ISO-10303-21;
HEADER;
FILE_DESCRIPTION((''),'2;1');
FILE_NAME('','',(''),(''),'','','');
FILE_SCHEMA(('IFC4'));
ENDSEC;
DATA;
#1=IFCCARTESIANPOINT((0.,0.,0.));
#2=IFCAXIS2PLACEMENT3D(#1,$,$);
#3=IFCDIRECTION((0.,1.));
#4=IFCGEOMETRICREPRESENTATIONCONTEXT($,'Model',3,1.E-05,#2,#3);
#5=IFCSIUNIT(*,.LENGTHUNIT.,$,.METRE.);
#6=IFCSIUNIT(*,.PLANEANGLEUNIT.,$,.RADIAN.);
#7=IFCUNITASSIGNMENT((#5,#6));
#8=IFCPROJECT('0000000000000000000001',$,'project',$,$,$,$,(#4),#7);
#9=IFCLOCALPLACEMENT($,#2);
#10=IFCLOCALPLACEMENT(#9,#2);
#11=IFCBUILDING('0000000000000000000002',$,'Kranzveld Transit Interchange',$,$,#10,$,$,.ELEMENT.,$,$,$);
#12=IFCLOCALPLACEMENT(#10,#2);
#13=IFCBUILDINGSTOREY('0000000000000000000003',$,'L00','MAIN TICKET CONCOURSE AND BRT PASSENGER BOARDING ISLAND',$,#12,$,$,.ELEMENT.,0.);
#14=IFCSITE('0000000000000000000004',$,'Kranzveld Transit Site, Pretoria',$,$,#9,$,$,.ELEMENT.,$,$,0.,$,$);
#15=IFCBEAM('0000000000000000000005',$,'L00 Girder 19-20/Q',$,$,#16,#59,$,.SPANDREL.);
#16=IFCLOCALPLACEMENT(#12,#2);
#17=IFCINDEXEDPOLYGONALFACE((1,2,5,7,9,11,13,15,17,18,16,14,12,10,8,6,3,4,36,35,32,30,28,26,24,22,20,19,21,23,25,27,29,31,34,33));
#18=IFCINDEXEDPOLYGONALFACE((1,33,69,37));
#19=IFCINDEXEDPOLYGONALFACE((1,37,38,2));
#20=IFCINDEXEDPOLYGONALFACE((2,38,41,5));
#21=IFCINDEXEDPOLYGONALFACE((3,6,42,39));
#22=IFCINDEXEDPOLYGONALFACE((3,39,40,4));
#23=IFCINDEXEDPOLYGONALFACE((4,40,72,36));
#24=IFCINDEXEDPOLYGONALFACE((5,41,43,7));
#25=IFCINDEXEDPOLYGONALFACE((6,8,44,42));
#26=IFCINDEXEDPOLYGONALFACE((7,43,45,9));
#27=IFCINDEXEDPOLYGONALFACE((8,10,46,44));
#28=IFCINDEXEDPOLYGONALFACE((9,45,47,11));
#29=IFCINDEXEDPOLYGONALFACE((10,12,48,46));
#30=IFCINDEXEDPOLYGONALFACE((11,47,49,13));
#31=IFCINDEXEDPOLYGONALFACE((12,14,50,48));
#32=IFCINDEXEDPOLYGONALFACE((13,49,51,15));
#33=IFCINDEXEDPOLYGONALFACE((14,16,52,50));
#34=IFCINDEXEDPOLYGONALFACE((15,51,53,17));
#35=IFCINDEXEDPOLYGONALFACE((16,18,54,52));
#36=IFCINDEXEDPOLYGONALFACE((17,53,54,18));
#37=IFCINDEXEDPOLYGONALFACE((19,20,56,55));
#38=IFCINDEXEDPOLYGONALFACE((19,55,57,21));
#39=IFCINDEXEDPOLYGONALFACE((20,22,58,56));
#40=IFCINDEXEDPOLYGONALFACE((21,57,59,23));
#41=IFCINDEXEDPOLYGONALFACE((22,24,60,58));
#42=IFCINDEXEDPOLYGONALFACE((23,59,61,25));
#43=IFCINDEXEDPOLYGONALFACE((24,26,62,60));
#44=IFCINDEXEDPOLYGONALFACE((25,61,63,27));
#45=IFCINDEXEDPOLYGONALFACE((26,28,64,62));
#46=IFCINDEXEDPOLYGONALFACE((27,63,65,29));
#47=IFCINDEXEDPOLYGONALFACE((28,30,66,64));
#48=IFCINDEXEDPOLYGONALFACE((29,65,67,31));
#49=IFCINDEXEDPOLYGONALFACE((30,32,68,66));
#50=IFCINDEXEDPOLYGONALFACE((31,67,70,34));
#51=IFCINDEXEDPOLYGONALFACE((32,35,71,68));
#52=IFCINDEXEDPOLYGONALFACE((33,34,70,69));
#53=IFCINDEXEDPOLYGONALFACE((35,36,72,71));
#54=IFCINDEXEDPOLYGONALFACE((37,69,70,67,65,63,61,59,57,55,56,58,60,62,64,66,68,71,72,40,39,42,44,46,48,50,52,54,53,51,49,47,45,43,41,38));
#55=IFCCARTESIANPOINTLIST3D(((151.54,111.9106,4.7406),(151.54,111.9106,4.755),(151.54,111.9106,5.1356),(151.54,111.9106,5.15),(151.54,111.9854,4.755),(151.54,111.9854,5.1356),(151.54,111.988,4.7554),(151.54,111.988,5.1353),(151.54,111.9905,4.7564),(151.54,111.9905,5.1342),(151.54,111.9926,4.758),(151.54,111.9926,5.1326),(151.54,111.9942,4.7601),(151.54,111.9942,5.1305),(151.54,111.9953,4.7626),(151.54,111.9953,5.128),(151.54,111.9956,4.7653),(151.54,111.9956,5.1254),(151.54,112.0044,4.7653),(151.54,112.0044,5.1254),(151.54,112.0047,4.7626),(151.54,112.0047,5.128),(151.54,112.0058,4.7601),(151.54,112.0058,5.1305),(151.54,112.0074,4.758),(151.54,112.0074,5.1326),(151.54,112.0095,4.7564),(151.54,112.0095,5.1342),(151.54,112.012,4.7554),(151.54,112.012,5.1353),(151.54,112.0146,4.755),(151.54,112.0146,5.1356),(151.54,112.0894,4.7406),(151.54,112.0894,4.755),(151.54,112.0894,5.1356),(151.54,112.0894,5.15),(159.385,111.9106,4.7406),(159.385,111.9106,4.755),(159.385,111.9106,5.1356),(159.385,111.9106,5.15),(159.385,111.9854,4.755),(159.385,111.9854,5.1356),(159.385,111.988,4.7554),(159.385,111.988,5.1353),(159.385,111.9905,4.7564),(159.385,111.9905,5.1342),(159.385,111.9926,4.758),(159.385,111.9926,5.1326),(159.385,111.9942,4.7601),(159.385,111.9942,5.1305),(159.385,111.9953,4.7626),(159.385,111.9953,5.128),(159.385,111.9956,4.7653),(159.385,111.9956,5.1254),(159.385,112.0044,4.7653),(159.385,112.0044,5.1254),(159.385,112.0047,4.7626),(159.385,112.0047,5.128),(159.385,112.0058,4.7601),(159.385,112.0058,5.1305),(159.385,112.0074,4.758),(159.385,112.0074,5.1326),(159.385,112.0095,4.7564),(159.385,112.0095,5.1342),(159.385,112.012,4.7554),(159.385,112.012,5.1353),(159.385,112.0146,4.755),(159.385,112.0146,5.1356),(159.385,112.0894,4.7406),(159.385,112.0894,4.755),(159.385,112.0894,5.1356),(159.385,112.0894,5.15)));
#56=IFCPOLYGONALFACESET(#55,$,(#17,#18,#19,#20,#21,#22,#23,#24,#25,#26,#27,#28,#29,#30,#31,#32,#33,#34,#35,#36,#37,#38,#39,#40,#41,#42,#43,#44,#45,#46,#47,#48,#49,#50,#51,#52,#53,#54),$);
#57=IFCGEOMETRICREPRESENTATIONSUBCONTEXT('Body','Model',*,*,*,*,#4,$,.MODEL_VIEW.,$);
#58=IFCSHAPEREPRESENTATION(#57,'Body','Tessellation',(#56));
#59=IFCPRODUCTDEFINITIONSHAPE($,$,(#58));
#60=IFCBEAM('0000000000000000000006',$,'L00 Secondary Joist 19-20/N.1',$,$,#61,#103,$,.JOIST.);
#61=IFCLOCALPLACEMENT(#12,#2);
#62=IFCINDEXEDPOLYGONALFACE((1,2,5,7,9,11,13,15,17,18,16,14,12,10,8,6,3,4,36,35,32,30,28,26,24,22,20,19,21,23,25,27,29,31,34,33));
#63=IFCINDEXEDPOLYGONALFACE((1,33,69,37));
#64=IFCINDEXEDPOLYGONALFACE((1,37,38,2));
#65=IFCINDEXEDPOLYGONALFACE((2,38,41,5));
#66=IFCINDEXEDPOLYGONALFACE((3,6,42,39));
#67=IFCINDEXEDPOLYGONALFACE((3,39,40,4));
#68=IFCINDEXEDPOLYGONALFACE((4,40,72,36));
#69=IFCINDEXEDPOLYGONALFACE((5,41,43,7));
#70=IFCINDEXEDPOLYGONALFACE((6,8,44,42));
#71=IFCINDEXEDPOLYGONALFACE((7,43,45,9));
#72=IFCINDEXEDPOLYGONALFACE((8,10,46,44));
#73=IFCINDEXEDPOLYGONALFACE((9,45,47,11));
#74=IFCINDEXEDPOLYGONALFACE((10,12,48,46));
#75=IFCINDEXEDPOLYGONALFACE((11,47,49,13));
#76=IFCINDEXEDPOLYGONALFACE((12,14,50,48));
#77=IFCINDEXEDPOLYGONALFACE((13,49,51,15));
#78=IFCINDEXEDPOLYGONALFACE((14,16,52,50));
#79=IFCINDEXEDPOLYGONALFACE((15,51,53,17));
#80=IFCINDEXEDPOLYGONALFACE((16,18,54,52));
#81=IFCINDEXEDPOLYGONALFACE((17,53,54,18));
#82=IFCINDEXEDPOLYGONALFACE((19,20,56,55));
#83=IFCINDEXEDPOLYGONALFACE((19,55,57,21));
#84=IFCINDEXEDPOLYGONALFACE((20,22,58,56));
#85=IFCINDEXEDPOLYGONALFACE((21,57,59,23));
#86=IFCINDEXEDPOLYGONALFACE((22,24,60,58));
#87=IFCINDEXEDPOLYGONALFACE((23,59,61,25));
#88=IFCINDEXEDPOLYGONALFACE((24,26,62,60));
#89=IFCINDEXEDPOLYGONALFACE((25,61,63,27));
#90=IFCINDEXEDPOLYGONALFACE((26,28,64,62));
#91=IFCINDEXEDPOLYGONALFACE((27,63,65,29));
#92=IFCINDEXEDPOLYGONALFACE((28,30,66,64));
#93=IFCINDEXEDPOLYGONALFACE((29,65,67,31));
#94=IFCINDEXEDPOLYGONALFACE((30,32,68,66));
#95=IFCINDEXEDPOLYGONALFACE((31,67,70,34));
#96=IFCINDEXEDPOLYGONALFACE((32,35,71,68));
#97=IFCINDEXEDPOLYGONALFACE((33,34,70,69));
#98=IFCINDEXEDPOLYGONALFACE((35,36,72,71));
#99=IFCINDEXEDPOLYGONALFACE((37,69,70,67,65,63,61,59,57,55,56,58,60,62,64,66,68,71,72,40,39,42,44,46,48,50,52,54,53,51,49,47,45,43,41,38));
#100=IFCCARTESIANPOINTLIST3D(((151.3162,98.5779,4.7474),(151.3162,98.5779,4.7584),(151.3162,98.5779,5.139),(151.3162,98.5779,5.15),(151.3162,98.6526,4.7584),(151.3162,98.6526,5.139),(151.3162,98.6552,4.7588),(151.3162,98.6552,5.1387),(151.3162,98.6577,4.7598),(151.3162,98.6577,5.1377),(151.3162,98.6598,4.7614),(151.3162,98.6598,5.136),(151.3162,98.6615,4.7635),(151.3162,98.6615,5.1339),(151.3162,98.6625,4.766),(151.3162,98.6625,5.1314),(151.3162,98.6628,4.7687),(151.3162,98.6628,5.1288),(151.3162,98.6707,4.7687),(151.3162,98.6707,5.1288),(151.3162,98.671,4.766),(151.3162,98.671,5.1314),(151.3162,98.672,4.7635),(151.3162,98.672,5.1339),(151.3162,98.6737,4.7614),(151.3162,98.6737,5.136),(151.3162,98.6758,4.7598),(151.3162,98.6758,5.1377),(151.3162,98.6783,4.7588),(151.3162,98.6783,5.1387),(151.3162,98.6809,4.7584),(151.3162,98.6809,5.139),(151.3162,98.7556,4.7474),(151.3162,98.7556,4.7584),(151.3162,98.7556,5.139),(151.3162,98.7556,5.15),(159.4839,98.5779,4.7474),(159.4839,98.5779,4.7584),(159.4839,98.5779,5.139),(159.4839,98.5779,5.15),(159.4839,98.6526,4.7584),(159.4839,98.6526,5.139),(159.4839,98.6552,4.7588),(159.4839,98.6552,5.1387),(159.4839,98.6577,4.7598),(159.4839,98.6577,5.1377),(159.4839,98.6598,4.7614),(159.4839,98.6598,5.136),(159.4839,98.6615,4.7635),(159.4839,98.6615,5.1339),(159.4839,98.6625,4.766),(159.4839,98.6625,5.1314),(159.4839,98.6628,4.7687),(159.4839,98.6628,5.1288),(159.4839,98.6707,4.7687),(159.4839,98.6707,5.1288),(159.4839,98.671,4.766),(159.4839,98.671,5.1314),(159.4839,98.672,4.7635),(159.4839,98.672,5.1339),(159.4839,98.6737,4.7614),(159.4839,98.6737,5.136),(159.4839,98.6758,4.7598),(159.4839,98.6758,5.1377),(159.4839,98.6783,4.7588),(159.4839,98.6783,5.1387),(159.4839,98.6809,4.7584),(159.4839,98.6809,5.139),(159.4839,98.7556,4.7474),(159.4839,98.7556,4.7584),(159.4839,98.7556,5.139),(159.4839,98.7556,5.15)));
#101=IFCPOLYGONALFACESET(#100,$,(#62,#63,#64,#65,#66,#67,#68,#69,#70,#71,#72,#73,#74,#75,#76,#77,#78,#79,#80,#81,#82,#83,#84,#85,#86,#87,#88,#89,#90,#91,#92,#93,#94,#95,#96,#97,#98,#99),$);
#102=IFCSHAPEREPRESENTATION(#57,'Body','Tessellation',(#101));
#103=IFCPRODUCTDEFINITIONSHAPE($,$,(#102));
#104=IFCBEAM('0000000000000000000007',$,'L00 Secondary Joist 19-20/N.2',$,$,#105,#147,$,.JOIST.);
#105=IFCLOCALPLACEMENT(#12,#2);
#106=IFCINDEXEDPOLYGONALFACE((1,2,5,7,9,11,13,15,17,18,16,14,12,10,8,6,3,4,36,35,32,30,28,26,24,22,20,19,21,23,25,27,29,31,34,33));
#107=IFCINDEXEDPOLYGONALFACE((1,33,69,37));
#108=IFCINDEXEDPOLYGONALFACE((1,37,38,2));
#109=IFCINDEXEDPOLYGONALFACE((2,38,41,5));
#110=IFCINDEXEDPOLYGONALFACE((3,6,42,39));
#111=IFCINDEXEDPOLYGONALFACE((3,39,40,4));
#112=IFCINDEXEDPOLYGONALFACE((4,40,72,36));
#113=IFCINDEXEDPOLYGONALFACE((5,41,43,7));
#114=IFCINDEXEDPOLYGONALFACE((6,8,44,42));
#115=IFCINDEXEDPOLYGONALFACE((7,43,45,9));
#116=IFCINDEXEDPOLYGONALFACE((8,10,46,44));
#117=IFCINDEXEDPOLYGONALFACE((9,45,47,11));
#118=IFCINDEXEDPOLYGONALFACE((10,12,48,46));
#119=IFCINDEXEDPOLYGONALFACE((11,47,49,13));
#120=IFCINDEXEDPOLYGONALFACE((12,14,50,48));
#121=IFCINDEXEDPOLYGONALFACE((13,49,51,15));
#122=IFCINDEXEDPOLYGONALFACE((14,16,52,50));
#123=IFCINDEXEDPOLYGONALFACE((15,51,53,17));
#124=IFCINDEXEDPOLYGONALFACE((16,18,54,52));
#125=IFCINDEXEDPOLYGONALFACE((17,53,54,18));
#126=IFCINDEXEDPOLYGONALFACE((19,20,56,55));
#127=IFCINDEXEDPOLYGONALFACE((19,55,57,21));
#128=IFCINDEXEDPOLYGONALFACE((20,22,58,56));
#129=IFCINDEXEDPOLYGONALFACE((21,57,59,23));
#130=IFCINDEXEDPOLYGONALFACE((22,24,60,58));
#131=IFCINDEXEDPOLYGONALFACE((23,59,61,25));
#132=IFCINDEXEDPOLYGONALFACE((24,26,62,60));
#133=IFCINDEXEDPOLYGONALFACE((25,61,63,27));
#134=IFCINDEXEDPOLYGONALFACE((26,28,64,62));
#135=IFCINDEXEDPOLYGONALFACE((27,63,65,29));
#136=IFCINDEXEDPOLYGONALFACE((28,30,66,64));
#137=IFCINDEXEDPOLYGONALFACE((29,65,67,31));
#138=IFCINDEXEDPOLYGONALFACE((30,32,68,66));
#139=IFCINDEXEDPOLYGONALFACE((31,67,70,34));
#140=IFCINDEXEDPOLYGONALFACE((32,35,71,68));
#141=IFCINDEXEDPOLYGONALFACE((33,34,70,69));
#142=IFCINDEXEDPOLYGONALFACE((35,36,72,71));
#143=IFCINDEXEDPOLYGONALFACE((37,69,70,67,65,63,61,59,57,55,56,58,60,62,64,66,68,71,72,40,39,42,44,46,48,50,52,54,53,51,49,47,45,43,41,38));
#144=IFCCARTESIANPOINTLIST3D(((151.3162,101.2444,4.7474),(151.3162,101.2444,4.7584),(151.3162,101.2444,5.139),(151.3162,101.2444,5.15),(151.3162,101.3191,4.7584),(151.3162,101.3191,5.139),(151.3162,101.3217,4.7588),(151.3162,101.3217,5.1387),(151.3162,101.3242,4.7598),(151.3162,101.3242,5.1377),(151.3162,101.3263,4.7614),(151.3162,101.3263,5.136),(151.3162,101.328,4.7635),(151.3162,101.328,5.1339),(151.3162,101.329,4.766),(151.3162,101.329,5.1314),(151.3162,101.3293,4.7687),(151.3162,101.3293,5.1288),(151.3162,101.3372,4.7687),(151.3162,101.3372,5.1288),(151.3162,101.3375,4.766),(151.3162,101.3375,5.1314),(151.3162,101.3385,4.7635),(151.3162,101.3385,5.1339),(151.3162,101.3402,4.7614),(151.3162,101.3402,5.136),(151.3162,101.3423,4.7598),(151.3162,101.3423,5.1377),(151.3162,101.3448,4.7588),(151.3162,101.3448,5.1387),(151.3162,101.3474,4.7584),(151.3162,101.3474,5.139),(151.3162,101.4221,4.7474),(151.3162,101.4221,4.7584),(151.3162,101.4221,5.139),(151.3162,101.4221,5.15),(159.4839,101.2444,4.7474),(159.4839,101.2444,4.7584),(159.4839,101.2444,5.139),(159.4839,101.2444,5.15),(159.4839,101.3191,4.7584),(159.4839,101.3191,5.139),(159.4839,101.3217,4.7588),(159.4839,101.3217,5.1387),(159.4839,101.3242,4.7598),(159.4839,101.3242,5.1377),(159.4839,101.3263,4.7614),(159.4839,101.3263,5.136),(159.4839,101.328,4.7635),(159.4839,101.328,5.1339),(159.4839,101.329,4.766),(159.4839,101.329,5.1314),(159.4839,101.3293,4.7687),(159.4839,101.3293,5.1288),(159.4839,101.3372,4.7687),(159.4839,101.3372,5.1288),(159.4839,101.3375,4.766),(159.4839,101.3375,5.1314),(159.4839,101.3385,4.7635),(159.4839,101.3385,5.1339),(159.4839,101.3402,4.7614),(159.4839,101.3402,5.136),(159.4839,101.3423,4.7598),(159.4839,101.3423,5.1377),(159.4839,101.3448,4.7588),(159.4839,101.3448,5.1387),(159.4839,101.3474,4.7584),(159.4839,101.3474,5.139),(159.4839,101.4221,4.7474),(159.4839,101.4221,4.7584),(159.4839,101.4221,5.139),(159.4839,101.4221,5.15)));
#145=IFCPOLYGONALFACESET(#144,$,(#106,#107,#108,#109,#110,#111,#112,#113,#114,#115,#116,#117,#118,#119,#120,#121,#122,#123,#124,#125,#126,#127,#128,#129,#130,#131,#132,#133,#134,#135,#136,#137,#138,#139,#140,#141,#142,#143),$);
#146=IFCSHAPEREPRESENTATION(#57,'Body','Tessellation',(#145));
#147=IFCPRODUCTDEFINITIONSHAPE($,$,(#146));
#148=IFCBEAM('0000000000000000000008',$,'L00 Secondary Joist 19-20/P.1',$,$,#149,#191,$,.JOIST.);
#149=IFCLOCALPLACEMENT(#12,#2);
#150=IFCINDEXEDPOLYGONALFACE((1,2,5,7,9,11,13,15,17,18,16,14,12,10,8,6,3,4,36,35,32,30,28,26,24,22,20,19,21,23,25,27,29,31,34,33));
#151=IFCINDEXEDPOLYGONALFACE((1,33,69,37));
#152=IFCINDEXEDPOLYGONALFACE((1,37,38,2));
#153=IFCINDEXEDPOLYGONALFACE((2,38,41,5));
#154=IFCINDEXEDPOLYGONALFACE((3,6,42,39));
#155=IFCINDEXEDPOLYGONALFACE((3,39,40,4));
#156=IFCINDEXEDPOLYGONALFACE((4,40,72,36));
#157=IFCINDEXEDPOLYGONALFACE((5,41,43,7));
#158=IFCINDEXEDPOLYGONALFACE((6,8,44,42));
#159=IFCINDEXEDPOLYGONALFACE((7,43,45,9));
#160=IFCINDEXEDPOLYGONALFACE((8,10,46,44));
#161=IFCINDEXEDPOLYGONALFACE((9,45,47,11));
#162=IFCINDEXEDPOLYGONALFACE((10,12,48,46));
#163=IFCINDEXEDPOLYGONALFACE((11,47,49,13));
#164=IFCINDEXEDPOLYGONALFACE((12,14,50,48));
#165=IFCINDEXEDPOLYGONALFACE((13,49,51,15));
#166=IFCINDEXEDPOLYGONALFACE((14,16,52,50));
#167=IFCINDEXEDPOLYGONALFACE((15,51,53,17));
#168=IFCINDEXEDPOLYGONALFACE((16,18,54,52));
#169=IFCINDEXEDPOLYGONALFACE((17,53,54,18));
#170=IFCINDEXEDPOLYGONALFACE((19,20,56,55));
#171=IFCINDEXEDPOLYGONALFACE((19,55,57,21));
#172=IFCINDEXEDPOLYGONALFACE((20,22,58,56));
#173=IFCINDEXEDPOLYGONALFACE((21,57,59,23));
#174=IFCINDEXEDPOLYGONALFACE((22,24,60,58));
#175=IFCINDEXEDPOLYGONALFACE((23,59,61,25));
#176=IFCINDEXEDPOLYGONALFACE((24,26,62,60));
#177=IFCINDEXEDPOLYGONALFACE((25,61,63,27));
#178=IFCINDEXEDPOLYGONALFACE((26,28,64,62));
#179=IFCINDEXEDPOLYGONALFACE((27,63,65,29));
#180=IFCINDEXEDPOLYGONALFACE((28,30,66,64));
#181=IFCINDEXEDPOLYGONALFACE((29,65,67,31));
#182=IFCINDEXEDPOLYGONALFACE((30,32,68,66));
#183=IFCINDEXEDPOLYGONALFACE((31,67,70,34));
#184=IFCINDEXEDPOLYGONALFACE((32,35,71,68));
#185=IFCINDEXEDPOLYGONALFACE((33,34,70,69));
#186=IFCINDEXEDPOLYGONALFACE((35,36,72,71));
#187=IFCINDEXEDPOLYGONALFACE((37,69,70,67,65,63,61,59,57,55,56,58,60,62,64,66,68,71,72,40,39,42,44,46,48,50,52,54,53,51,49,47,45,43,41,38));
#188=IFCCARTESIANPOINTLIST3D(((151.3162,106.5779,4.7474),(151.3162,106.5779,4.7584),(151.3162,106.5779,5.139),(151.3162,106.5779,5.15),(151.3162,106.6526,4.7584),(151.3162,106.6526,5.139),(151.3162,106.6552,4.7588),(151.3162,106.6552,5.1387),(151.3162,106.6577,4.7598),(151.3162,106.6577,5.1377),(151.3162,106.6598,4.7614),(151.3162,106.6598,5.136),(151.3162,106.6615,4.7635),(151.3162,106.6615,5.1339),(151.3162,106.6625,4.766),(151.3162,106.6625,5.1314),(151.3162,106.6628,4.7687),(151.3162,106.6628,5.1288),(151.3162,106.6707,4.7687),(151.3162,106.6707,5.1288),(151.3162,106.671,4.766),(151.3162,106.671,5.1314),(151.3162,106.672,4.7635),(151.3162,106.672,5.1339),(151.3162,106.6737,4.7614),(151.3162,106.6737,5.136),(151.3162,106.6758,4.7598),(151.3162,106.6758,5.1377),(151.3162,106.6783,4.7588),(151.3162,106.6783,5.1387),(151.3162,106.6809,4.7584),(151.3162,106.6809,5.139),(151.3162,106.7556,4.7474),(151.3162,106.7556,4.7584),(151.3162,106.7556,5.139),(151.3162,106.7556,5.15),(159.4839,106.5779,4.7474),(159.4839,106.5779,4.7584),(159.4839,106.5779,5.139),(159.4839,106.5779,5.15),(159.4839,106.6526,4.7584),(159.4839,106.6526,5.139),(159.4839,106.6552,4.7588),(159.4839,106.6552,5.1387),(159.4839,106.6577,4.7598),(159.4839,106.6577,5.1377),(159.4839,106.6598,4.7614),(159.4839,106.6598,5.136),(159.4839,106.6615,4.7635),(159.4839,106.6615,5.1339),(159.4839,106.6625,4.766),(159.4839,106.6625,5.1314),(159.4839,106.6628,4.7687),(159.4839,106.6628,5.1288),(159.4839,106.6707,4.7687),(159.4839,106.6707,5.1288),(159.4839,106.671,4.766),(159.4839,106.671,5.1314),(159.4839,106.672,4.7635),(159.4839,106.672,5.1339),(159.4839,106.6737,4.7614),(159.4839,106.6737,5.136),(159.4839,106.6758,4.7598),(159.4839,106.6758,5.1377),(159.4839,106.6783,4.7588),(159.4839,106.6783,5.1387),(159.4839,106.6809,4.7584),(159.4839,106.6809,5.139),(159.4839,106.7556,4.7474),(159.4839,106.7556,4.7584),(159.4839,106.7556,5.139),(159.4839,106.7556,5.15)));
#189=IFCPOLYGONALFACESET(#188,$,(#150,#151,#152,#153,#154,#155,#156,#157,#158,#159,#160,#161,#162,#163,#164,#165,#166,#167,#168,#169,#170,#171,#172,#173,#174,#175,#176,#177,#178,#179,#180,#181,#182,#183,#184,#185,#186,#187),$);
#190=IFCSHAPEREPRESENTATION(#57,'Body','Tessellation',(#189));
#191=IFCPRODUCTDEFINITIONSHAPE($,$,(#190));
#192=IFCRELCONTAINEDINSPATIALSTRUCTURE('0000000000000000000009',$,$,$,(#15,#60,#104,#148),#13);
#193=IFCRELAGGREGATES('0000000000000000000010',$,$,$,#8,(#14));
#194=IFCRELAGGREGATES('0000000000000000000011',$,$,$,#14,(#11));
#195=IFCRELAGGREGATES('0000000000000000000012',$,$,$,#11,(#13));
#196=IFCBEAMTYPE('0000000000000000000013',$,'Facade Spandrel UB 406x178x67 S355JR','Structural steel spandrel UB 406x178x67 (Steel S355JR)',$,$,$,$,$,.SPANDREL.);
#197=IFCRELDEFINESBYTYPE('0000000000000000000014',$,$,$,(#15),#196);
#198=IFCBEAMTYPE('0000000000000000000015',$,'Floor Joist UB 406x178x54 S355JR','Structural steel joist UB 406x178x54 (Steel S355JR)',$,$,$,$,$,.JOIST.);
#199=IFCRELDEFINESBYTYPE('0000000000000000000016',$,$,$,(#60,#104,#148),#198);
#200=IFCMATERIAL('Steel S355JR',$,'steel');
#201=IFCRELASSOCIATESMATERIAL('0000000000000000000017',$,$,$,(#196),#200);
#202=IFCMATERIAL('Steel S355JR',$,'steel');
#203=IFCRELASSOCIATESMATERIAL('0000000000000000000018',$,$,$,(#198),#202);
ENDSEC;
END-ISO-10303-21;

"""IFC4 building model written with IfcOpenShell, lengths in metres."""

from ifc_helpers import new_model, si_unit, direction, frame, origin, origin_2d, place, context, subcontext, project, spatial, i_section, extrude, material, material_profile, profile_set, type_object, element, save


model = new_model("IFC4")

# Units and contexts
model_context = context("Model", 3, precision=1e-05, world=origin(), true_north=direction((0.0, 1.0)))
body_context = subcontext(model_context, "Body", "Model", "MODEL_VIEW")
ifc_project = project(units=[si_unit("LENGTHUNIT", "METRE"), si_unit("PLANEANGLEUNIT", "RADIAN")], contexts=[model_context])

# Site, building, storey
site_placement = place(None, origin())
site = spatial("IfcSite", under=ifc_project, at=site_placement, Name="Kranzveld Transit Site, Pretoria", CompositionType="ELEMENT", RefElevation=0.0)
building_placement = place(site_placement, origin())
building = spatial("IfcBuilding", under=site, at=building_placement, Name="Kranzveld Transit Interchange", CompositionType="ELEMENT")
storey_placement = place(building_placement, origin())
storey = spatial("IfcBuildingStorey", under=building, at=storey_placement, Name="L00", Description="MAIN TICKET CONCOURSE AND BRT PASSENGER BOARDING ISLAND", CompositionType="ELEMENT", Elevation=0.0)

# Beams
ifc_material_1 = material(Name="Steel S355JR", Category="steel")
ifc_material_profile_1 = material_profile(ifc_material_1, i_section(OverallWidth=0.1787, OverallDepth=0.4094, WebThickness=0.0088, FlangeThickness=0.0144, FilletRadius=0.0103, at=origin_2d()), Name="UB 406x178x67")
ifc_profile_set_1 = profile_set([ifc_material_profile_1], Name="Steel S355JR")
beam_type_1 = type_object("IfcBeamType", Name="Facade Spandrel UB 406x178x67 S355JR", Description="Structural steel spandrel UB 406x178x67 (Steel S355JR)", PredefinedType="SPANDREL", material=ifc_profile_set_1)
beam_1_placement = place(storey_placement, frame((151.54, 112.0, 4.9453), z_axis=(1.0, 0.0, 0.0), x_axis=(0.0, 1.0, 0.0)))
element("IfcBeam", 1, at=beam_1_placement, inside=storey, type_object=beam_type_1, Name="L00 Girder 19-20/Q", PredefinedType="SPANDREL", context=body_context, shape_type="SweptSolid", body=[
    extrude(i_section(OverallWidth=0.1787, OverallDepth=0.4094, WebThickness=0.0088, FlangeThickness=0.0144, FilletRadius=0.0103, at=origin_2d()), origin(), (0.0, 0.0, 1.0), 7.845),
])
ifc_material_2 = material(Name="Steel S355JR", Category="steel")
ifc_material_profile_2 = material_profile(ifc_material_2, i_section(OverallWidth=0.1777, OverallDepth=0.4026, WebThickness=0.0078, FlangeThickness=0.011, FilletRadius=0.0103, at=origin_2d()), Name="UB 406x178x54")
ifc_profile_set_2 = profile_set([ifc_material_profile_2], Name="Steel S355JR")
beam_type_2 = type_object("IfcBeamType", Name="Floor Joist UB 406x178x54 S355JR", Description="Structural steel joist UB 406x178x54 (Steel S355JR)", PredefinedType="JOIST", material=ifc_profile_set_2)
for number, where, z_axis, x_axis, name in (
    (2, (151.3162, 98.6667, 4.9487), (1.0, 0.0, 0.0), (0.0, 1.0, 0.0), "L00 Secondary Joist 19-20/N.1"),
    (3, (151.3162, 101.3333, 4.9487), (1.0, 0.0, 0.0), (0.0, 1.0, 0.0), "L00 Secondary Joist 19-20/N.2"),
    (4, (151.3162, 106.6667, 4.9487), (1.0, 0.0, 0.0), (0.0, 1.0, 0.0), "L00 Secondary Joist 19-20/P.1"),
):
    element("IfcBeam", number, at=place(storey_placement, frame(where, z_axis=z_axis, x_axis=x_axis)), inside=storey, type_object=beam_type_2, Name=name, PredefinedType="JOIST", context=body_context, shape_type="SweptSolid", body=[
        extrude(i_section(OverallWidth=0.1777, OverallDepth=0.4026, WebThickness=0.0078, FlangeThickness=0.011, FilletRadius=0.0103, at=origin_2d()), origin(), (0.0, 0.0, 1.0), 8.1677),
    ])

save(model, "model.ifc")
